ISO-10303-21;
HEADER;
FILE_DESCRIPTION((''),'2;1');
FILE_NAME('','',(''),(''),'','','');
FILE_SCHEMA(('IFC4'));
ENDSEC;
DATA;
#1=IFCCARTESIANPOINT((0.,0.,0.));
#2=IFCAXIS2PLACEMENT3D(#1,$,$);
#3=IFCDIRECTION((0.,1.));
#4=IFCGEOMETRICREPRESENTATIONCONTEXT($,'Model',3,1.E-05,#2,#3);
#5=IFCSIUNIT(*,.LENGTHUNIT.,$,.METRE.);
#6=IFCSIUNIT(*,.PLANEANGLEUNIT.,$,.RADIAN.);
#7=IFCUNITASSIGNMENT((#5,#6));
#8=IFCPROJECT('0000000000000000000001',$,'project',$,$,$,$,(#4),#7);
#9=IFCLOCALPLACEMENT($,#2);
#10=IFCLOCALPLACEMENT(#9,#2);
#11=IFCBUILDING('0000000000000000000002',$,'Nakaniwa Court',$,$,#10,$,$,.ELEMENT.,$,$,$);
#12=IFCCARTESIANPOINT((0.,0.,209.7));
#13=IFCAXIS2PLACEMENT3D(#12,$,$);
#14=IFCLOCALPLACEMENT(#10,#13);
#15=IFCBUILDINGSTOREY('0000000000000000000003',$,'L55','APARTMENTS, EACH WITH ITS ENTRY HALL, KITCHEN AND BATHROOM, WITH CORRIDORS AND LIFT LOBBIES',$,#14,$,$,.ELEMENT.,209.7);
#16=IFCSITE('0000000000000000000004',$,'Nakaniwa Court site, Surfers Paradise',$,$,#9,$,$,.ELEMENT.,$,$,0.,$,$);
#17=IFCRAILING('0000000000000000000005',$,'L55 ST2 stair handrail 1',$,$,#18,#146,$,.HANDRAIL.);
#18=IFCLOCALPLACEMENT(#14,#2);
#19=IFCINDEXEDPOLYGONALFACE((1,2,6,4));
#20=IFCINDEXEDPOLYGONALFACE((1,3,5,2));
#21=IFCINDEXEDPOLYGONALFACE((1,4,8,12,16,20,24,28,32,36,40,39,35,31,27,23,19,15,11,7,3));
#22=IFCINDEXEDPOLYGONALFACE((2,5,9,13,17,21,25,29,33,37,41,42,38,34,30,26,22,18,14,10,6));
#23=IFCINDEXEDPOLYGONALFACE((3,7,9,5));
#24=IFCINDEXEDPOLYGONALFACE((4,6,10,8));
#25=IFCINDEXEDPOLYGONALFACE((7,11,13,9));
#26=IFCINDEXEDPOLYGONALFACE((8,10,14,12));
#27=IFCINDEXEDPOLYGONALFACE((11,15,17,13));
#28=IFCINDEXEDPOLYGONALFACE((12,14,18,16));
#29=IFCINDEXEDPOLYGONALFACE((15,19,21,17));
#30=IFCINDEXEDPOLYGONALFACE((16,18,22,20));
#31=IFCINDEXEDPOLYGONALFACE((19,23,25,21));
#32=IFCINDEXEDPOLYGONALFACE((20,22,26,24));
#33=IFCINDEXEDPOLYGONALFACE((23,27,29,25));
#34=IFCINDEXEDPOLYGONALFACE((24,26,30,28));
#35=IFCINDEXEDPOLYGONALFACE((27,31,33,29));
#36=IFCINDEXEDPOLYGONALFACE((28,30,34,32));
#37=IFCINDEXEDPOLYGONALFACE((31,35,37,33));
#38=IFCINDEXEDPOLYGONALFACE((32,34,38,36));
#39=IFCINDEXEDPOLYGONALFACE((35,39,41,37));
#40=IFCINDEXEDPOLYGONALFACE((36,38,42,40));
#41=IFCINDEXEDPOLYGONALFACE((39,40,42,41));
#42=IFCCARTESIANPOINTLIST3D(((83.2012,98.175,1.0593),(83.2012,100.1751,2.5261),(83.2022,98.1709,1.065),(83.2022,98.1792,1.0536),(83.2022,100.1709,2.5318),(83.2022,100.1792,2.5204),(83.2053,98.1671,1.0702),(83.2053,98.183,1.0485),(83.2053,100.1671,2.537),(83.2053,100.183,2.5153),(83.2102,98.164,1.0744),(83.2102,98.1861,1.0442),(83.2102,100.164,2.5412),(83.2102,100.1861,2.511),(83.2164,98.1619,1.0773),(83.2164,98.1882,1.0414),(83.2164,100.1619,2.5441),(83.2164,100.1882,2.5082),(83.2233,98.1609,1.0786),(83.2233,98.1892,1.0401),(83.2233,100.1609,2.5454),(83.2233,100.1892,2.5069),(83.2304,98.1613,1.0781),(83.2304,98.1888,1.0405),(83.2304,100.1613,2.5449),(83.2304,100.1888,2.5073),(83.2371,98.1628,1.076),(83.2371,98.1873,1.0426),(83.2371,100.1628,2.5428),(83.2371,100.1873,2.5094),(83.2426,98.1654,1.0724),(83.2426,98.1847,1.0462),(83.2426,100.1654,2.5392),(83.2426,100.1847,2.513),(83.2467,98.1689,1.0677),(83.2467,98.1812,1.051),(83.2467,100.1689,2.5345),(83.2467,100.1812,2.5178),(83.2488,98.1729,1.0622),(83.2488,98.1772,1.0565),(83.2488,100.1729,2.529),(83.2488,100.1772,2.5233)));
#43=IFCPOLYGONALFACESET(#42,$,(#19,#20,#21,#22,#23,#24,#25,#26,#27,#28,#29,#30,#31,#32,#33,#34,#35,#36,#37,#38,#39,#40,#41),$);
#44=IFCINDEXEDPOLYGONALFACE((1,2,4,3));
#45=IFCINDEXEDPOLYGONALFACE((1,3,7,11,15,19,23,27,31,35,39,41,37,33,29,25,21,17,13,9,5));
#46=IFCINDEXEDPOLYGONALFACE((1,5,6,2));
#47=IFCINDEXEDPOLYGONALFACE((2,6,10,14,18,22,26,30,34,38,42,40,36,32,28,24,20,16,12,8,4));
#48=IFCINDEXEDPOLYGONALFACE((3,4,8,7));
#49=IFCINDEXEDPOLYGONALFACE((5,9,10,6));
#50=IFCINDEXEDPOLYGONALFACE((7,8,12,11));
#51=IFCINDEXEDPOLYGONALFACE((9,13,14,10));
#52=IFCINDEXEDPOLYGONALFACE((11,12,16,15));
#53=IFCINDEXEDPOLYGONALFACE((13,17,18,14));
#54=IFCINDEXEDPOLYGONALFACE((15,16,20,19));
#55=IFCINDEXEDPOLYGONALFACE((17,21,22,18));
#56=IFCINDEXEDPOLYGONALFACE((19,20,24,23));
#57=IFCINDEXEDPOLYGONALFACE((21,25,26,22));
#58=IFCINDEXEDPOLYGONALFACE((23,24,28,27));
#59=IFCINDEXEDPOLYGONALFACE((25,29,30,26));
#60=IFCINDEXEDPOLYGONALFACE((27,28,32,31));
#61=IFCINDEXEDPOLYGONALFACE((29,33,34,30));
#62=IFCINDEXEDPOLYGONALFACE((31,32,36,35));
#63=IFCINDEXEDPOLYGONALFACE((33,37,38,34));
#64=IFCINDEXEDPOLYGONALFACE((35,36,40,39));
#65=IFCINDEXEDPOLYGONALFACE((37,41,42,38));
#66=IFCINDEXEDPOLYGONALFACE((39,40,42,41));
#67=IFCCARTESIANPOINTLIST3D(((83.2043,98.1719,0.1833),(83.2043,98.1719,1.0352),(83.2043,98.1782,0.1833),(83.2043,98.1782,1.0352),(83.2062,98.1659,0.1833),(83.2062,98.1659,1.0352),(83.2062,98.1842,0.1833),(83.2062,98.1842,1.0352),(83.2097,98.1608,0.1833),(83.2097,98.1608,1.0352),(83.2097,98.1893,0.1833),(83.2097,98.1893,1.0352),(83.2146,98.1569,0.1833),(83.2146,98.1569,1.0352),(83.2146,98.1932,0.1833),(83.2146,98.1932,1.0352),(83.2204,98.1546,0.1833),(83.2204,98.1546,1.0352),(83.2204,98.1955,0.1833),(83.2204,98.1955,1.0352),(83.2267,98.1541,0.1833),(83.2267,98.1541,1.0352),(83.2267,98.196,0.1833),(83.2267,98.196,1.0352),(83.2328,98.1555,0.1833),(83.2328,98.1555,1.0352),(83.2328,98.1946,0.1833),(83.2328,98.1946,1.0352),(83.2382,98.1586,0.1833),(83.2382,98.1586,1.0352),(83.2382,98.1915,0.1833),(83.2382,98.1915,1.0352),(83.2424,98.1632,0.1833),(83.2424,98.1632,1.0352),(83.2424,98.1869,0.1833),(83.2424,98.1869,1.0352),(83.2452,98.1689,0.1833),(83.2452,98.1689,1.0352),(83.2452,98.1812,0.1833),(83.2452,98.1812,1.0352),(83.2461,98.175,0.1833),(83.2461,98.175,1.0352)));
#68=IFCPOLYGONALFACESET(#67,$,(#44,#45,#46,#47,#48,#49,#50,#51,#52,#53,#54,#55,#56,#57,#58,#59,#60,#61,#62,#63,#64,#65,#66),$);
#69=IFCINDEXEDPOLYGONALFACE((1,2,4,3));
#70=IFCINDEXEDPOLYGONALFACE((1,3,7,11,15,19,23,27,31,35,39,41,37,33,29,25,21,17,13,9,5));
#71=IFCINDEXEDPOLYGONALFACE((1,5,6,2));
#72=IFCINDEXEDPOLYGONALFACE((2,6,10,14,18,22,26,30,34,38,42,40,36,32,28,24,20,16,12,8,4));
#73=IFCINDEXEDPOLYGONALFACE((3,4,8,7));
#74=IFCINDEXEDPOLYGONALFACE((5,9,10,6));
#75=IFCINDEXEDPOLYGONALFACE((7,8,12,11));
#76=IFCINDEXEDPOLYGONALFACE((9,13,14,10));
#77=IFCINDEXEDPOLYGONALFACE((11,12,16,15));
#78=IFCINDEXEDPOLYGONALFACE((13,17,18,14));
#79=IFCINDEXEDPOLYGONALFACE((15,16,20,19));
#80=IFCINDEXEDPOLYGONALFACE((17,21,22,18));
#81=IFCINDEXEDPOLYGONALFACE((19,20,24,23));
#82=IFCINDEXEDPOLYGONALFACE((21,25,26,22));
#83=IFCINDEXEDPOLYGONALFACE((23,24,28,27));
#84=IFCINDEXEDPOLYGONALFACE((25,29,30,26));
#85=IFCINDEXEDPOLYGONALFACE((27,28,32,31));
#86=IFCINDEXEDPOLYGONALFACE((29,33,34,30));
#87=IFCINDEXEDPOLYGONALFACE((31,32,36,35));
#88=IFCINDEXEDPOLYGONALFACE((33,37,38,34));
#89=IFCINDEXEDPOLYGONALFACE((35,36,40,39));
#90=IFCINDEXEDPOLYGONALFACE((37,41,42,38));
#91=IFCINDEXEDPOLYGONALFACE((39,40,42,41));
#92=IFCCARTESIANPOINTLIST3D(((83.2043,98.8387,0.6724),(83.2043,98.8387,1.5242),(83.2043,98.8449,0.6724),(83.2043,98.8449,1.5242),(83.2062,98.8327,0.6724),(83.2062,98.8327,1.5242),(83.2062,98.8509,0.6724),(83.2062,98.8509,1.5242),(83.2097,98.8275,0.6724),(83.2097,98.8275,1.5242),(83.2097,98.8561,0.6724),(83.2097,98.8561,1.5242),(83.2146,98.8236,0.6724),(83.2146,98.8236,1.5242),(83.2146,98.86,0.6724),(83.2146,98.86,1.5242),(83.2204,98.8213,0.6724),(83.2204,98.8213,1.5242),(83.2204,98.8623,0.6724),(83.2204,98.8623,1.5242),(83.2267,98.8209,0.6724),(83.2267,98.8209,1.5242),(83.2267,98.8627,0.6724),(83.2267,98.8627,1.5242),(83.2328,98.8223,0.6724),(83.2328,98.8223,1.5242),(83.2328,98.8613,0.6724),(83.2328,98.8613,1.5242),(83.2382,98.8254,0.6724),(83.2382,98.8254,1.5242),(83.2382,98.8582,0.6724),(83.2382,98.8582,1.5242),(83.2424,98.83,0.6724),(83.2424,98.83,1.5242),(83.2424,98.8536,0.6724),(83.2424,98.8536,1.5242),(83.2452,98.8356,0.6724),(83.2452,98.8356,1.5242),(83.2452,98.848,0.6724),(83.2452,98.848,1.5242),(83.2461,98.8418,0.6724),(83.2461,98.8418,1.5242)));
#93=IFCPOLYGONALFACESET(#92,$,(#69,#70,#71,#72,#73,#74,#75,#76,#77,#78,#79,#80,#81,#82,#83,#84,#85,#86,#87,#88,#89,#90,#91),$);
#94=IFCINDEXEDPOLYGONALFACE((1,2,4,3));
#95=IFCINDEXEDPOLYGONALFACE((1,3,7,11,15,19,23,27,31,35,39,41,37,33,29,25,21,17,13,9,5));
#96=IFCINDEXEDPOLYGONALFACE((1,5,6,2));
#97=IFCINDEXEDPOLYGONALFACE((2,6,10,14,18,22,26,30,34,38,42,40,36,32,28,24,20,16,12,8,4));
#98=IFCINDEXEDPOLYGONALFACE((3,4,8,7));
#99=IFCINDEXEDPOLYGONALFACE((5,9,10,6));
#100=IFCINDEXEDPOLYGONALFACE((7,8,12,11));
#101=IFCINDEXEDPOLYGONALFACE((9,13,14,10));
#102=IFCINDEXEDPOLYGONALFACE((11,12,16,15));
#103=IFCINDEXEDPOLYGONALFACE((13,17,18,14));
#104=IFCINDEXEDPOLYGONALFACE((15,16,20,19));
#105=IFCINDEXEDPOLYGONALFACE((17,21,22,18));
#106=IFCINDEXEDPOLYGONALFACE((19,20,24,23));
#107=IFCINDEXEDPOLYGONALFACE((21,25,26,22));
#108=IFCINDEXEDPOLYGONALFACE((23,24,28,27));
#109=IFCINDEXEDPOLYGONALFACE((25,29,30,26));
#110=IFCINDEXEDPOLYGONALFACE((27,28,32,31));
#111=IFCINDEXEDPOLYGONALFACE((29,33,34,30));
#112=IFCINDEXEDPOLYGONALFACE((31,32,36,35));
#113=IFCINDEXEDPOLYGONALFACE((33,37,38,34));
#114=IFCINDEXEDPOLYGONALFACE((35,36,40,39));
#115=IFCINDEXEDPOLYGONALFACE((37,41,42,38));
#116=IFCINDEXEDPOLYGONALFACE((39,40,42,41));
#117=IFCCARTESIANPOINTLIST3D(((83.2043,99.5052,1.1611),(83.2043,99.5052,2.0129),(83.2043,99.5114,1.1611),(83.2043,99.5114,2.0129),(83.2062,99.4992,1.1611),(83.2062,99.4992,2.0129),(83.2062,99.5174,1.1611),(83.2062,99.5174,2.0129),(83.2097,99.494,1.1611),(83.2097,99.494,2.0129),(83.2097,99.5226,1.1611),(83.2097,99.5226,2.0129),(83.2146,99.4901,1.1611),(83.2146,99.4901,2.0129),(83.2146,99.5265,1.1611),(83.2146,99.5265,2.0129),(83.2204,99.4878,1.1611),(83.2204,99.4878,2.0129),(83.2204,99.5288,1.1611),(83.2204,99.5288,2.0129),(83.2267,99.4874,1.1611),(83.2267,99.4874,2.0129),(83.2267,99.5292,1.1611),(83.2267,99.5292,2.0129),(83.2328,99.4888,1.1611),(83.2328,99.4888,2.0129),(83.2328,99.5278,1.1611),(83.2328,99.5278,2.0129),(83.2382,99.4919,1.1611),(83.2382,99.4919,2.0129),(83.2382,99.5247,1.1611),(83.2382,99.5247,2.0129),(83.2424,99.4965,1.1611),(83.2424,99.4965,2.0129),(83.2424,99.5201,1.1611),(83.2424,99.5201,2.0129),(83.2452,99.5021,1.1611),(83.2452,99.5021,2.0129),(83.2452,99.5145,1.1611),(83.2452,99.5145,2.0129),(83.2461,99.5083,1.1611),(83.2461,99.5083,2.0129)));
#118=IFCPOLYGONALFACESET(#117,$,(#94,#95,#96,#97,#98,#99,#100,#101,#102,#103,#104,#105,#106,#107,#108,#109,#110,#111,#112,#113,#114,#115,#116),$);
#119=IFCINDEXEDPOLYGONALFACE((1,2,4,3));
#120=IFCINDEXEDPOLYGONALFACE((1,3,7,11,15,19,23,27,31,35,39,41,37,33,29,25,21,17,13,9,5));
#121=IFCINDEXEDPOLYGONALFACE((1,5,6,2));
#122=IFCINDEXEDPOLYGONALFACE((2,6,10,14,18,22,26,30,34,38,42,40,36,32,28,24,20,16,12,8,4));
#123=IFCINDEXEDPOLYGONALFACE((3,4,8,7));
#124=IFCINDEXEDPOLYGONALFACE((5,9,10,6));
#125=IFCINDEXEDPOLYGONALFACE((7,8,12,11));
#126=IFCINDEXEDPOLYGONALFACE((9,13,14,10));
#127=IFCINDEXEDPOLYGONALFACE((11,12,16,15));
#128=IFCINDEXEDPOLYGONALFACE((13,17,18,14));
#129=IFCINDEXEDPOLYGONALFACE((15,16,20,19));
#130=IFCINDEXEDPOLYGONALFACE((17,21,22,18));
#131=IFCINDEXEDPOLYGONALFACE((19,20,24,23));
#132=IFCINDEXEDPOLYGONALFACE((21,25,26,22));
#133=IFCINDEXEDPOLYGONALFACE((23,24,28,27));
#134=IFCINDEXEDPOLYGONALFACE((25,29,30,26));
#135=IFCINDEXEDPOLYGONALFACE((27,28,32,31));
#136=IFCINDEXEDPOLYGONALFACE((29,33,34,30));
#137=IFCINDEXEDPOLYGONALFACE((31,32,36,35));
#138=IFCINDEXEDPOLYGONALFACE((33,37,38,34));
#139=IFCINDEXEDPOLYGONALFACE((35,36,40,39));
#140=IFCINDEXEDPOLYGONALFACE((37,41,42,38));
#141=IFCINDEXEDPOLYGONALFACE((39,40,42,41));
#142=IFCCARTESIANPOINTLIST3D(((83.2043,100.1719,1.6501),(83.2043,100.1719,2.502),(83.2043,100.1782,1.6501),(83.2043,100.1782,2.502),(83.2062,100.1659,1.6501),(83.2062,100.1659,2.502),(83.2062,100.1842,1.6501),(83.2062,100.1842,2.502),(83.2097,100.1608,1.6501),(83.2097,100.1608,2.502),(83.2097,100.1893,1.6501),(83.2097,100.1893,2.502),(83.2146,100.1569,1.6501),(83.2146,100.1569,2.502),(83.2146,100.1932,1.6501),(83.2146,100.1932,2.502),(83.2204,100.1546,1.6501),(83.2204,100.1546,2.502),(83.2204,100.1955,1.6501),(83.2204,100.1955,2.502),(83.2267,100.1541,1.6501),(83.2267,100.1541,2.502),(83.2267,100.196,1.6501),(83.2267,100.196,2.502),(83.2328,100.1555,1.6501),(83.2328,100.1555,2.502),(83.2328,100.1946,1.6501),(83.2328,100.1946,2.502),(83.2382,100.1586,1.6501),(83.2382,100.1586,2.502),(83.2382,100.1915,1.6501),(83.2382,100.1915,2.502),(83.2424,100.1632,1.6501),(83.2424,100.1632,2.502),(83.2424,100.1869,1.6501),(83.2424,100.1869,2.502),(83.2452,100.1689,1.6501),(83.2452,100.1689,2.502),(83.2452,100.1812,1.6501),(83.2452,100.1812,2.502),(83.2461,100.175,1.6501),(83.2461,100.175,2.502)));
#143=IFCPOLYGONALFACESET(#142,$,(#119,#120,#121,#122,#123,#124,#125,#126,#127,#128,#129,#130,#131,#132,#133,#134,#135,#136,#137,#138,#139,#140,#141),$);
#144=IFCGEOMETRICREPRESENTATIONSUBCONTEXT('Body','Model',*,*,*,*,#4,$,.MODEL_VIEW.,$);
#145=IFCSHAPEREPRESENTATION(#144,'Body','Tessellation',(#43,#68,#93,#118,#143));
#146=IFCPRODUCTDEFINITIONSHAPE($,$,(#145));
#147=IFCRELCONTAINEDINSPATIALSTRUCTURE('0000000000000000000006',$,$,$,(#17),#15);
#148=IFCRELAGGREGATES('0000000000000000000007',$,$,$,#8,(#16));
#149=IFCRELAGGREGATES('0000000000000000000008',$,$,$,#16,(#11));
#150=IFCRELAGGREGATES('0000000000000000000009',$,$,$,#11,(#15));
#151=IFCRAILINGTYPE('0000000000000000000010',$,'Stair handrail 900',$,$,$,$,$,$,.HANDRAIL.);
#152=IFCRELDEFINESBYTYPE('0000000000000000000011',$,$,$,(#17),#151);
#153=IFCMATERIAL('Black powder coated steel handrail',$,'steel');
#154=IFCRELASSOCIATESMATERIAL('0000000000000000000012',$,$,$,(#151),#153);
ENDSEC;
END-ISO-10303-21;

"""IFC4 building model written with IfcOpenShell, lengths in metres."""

from ifc_helpers import new_model, si_unit, direction, frame, origin, origin_2d, place, context, subcontext, project, spatial, circle, extrude, material, type_object, element, save


model = new_model("IFC4")

# Units and contexts
model_context = context("Model", 3, precision=1e-05, world=origin(), true_north=direction((0.0, 1.0)))
body_context = subcontext(model_context, "Body", "Model", "MODEL_VIEW")
ifc_project = project(units=[si_unit("LENGTHUNIT", "METRE"), si_unit("PLANEANGLEUNIT", "RADIAN")], contexts=[model_context])

# Site, building, storey
site_placement = place(None, origin())
site = spatial("IfcSite", under=ifc_project, at=site_placement, Name="Nakaniwa Court site, Surfers Paradise", CompositionType="ELEMENT", RefElevation=0.0)
building_placement = place(site_placement, origin())
building = spatial("IfcBuilding", under=site, at=building_placement, Name="Nakaniwa Court", CompositionType="ELEMENT")
storey_placement = place(building_placement, frame((0.0, 0.0, 209.7)))
storey = spatial("IfcBuildingStorey", under=building, at=storey_placement, Name="L55", Description="APARTMENTS, EACH WITH ITS ENTRY HALL, KITCHEN AND BATHROOM, WITH CORRIDORS AND LIFT LOBBIES", CompositionType="ELEMENT", Elevation=209.7)

# Railing
ifc_material_1 = material(Name="Black powder coated steel handrail", Category="steel")
railing_type_1 = type_object("IfcRailingType", Name="Stair handrail 900", PredefinedType="HANDRAIL", material=ifc_material_1)
railing_1_placement = place(storey_placement, frame((83.2251, 98.175, 0.1833)))
element("IfcRailing", 1, at=railing_1_placement, inside=storey, type_object=railing_type_1, Name="L55 ST2 stair handrail 1", PredefinedType="HANDRAIL", context=body_context, shape_type="SweptSolid", body=[
    extrude(circle(Radius=0.0239, at=origin_2d()), frame((0.0, 0.0, 0.876), z_axis=(0.0, 0.80638, 0.591398), x_axis=(-1.0, 0.0, 0.0)), (0.0, 0.0, 1.0), 2.4802),
    extrude(circle(Radius=0.021, at=origin_2d()), origin(), (0.0, 0.0, 1.0), 0.8518),
    extrude(circle(Radius=0.021, at=origin_2d()), frame((0.0, 0.6667, 0.489)), (0.0, 0.0, 1.0), 0.8518),
    extrude(circle(Radius=0.021, at=origin_2d()), frame((0.0, 1.3333, 0.9778)), (0.0, 0.0, 1.0), 0.8518),
    extrude(circle(Radius=0.021, at=origin_2d()), frame((0.0, 2.0, 1.4668)), (0.0, 0.0, 1.0), 0.8518),
])

save(model, "model.ifc")
